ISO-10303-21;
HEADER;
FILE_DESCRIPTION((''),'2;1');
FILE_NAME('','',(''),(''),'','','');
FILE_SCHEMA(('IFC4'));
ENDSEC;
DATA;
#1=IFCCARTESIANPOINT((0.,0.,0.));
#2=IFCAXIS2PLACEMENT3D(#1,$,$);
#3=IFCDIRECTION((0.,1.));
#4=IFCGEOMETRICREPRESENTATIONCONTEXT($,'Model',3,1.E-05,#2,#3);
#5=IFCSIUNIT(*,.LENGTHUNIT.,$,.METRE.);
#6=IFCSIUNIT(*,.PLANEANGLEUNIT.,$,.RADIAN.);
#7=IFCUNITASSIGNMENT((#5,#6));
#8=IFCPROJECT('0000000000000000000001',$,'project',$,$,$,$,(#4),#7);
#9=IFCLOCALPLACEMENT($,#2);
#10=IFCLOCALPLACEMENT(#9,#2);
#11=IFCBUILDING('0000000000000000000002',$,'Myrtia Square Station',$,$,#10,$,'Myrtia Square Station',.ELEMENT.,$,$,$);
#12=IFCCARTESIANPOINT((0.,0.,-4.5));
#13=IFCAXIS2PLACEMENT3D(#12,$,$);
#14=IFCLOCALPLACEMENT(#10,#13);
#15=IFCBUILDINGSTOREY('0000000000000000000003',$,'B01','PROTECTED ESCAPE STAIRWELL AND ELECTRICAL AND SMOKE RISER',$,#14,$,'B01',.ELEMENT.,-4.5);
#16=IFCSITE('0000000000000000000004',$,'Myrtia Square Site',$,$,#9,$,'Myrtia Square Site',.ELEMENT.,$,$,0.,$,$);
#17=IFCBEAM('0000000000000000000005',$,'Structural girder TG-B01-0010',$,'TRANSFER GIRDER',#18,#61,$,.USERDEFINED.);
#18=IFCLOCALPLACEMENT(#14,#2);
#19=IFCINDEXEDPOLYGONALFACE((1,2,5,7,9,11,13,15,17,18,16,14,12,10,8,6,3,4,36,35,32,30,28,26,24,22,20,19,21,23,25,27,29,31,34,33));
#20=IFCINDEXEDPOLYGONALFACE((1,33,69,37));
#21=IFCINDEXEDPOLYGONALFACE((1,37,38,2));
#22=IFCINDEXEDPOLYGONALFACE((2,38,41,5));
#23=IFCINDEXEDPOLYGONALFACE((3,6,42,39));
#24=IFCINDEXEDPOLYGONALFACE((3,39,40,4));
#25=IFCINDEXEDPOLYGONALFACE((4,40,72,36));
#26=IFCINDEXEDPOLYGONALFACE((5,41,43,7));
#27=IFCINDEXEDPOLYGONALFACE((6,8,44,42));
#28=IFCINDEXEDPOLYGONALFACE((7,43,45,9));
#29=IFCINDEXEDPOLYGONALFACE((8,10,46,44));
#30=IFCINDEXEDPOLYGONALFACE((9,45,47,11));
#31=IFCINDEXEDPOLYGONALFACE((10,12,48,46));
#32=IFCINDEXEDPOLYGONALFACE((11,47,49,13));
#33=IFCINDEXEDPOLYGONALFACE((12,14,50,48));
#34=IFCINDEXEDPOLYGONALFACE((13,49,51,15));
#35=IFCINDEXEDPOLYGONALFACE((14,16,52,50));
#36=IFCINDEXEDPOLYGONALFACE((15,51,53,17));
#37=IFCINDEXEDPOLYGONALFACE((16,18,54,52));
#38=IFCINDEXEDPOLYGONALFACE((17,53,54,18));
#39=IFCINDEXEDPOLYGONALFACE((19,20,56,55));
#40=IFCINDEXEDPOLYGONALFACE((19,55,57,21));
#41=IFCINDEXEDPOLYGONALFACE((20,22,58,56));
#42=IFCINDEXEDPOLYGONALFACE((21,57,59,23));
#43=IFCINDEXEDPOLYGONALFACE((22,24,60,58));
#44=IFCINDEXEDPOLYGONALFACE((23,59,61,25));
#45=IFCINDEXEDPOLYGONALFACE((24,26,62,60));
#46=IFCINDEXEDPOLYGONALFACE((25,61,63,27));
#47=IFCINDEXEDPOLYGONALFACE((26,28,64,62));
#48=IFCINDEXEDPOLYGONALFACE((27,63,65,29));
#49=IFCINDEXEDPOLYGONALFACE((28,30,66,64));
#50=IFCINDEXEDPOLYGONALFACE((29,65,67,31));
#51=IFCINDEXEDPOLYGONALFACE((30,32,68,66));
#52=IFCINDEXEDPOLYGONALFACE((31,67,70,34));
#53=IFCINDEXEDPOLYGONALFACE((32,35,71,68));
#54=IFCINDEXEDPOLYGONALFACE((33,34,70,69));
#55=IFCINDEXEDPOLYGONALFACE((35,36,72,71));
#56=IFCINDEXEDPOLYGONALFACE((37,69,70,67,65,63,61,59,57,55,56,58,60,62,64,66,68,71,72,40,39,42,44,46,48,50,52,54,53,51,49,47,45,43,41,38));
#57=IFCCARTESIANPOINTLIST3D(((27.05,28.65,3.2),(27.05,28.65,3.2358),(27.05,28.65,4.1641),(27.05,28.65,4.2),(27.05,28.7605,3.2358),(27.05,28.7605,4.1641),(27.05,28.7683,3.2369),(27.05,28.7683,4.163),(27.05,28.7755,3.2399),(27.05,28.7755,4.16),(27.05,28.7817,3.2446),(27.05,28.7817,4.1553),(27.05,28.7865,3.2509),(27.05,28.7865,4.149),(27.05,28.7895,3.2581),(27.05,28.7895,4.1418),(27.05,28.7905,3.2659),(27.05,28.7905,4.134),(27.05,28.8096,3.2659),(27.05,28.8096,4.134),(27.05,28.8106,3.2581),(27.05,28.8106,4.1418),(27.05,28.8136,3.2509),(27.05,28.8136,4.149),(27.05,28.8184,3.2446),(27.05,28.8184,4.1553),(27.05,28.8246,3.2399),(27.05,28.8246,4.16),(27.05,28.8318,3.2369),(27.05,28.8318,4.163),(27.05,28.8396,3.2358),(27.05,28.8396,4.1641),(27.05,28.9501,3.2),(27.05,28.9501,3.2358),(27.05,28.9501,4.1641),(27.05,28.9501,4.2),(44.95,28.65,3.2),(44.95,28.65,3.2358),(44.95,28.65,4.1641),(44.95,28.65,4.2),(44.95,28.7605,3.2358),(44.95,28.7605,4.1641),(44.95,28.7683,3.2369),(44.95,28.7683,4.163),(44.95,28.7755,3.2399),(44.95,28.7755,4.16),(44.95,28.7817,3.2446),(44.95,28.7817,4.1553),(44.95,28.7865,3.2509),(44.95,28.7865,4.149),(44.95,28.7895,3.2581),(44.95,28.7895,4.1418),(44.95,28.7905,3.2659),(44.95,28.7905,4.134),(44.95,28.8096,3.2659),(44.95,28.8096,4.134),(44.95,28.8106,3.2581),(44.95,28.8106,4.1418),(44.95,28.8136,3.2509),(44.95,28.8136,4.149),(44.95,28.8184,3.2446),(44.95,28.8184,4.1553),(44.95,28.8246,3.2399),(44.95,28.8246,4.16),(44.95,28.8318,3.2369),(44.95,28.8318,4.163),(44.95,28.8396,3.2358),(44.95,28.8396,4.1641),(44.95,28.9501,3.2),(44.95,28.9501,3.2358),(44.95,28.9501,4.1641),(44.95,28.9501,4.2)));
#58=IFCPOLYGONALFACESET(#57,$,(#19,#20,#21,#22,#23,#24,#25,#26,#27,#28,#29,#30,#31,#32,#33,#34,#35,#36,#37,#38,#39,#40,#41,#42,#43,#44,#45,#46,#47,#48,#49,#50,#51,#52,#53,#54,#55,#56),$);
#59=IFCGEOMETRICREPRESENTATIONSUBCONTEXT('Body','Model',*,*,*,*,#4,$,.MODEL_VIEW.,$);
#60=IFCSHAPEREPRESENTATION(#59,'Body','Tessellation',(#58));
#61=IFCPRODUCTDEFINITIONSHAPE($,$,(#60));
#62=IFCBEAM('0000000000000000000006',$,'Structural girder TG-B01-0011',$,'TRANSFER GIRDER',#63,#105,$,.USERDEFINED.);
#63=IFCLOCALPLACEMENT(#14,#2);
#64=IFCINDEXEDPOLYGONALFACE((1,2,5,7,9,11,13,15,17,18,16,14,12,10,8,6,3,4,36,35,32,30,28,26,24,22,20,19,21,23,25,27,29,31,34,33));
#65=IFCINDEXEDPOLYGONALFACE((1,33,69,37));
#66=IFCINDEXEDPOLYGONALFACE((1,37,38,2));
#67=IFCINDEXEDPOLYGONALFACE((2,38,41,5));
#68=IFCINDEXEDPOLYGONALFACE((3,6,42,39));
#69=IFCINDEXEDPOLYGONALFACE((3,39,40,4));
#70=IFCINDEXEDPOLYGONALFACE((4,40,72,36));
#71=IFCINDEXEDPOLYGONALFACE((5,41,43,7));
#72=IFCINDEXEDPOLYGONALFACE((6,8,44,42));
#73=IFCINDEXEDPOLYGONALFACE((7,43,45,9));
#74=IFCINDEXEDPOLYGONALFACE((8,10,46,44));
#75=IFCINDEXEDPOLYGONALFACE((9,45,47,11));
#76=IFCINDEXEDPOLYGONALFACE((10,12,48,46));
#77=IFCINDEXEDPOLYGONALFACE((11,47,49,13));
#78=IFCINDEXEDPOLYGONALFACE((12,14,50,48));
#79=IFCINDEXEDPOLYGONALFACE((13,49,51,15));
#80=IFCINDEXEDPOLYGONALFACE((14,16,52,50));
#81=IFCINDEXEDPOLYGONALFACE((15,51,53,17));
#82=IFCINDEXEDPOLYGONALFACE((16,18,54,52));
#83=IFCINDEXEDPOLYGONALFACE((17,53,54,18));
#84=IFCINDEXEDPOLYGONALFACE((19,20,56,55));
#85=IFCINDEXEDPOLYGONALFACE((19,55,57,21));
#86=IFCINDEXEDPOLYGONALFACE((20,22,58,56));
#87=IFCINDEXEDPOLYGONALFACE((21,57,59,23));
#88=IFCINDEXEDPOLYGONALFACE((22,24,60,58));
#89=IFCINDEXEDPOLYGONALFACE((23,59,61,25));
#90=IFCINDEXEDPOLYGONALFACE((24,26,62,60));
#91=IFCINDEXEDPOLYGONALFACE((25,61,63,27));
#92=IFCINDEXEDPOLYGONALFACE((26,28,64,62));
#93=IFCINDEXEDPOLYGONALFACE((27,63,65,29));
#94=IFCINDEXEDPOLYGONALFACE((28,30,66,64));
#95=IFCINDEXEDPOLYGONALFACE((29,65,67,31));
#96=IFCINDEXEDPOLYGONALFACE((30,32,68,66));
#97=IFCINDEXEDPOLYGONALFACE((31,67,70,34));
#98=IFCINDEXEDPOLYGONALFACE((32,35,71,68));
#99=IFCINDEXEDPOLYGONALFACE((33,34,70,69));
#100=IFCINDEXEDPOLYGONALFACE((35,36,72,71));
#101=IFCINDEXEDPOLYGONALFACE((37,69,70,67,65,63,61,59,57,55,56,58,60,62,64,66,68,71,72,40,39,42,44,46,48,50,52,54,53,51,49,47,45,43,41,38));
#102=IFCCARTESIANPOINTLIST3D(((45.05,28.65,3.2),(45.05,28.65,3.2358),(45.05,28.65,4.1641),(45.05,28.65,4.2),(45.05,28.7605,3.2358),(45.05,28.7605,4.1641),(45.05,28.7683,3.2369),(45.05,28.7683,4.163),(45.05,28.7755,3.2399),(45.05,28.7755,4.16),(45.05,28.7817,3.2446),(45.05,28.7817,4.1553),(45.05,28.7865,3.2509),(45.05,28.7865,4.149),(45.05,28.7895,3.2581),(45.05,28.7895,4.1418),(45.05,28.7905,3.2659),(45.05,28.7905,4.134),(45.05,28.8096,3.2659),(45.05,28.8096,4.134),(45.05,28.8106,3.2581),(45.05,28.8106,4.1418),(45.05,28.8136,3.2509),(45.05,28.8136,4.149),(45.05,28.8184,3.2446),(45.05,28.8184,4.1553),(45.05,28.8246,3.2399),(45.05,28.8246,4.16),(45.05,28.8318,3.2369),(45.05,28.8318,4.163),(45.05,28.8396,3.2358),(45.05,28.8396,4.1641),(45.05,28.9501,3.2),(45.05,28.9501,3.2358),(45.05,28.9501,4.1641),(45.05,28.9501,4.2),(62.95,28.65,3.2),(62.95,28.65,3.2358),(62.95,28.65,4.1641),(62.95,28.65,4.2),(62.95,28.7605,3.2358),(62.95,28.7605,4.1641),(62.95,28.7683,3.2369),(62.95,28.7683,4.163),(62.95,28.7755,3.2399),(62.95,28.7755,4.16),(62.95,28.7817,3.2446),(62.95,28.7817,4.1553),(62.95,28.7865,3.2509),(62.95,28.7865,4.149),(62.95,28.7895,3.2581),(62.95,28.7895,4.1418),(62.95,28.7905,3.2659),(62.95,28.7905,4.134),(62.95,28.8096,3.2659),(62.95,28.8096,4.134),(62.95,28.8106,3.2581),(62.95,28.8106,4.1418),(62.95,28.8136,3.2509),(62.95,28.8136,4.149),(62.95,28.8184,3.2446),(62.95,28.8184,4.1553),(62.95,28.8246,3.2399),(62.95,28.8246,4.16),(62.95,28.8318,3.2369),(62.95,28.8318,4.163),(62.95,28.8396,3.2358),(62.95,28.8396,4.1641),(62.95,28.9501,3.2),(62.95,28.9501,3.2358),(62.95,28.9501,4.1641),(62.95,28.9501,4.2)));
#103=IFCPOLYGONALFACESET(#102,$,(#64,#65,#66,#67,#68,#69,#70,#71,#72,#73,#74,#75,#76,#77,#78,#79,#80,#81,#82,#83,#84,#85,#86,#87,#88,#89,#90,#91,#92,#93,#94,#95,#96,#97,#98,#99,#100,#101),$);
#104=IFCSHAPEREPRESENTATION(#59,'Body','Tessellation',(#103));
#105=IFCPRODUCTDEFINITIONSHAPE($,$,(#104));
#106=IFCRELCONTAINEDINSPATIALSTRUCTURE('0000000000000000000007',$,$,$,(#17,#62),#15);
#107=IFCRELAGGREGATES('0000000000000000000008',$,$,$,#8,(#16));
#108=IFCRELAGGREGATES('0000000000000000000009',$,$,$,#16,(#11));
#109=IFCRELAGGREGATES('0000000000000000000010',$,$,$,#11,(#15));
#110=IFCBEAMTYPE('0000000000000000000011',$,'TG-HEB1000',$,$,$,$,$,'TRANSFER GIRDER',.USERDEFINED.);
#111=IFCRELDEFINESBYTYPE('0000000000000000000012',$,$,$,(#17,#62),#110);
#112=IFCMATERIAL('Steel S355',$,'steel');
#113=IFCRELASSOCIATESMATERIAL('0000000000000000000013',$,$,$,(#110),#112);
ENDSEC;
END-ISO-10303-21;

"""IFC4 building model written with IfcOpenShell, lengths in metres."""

from ifc_helpers import new_model, si_unit, direction, frame, origin, origin_2d, place, context, subcontext, project, spatial, i_section, extrude, material, material_profile, profile_set, type_object, element, save


model = new_model("IFC4")

# Units and contexts
model_context = context("Model", 3, precision=1e-05, world=origin(), true_north=direction((0.0, 1.0)))
body_context = subcontext(model_context, "Body", "Model", "MODEL_VIEW")
ifc_project = project(units=[si_unit("LENGTHUNIT", "METRE"), si_unit("PLANEANGLEUNIT", "RADIAN")], contexts=[model_context])

# Site, building, storey
site_placement = place(None, origin())
site = spatial("IfcSite", under=ifc_project, at=site_placement, Name="Myrtia Square Site", LongName="Myrtia Square Site", CompositionType="ELEMENT", RefElevation=0.0)
building_placement = place(site_placement, origin())
building = spatial("IfcBuilding", under=site, at=building_placement, Name="Myrtia Square Station", LongName="Myrtia Square Station", CompositionType="ELEMENT")
storey_placement = place(building_placement, frame((0.0, 0.0, -4.5)))
storey = spatial("IfcBuildingStorey", under=building, at=storey_placement, Name="B01", Description="PROTECTED ESCAPE STAIRWELL AND ELECTRICAL AND SMOKE RISER", LongName="B01", CompositionType="ELEMENT", Elevation=-4.5)

# Beams
ifc_material_1 = material(Name="Steel S355", Category="steel")
ifc_material_profile_1 = material_profile(ifc_material_1, i_section(OverallWidth=0.3, OverallDepth=1.0, WebThickness=0.019, FlangeThickness=0.0359, FilletRadius=0.03, at=origin_2d()), Name="HEB 1000")
ifc_profile_set_1 = profile_set([ifc_material_profile_1], Name="Steel S355")
beam_type_1 = type_object("IfcBeamType", Name="TG-HEB1000", ElementType="TRANSFER GIRDER", PredefinedType="USERDEFINED", material=ifc_profile_set_1)
for number, where, z_axis, x_axis, name in (
    (1, (27.05, 28.8, 3.7), (1.0, 0.0, 0.0), (0.0, 1.0, 0.0), "Structural girder TG-B01-0010"),
    (2, (45.05, 28.8, 3.7), (1.0, 0.0, 0.0), (0.0, 1.0, 0.0), "Structural girder TG-B01-0011"),
):
    element("IfcBeam", number, at=place(storey_placement, frame(where, z_axis=z_axis, x_axis=x_axis)), inside=storey, type_object=beam_type_1, Name=name, ObjectType="TRANSFER GIRDER", PredefinedType="USERDEFINED", context=body_context, shape_type="SweptSolid", body=[
        extrude(i_section(OverallWidth=0.3, OverallDepth=1.0, WebThickness=0.019, FlangeThickness=0.0359, FilletRadius=0.03, at=origin_2d()), origin(), (0.0, 0.0, 1.0), 17.8999),
    ])

save(model, "model.ifc")
